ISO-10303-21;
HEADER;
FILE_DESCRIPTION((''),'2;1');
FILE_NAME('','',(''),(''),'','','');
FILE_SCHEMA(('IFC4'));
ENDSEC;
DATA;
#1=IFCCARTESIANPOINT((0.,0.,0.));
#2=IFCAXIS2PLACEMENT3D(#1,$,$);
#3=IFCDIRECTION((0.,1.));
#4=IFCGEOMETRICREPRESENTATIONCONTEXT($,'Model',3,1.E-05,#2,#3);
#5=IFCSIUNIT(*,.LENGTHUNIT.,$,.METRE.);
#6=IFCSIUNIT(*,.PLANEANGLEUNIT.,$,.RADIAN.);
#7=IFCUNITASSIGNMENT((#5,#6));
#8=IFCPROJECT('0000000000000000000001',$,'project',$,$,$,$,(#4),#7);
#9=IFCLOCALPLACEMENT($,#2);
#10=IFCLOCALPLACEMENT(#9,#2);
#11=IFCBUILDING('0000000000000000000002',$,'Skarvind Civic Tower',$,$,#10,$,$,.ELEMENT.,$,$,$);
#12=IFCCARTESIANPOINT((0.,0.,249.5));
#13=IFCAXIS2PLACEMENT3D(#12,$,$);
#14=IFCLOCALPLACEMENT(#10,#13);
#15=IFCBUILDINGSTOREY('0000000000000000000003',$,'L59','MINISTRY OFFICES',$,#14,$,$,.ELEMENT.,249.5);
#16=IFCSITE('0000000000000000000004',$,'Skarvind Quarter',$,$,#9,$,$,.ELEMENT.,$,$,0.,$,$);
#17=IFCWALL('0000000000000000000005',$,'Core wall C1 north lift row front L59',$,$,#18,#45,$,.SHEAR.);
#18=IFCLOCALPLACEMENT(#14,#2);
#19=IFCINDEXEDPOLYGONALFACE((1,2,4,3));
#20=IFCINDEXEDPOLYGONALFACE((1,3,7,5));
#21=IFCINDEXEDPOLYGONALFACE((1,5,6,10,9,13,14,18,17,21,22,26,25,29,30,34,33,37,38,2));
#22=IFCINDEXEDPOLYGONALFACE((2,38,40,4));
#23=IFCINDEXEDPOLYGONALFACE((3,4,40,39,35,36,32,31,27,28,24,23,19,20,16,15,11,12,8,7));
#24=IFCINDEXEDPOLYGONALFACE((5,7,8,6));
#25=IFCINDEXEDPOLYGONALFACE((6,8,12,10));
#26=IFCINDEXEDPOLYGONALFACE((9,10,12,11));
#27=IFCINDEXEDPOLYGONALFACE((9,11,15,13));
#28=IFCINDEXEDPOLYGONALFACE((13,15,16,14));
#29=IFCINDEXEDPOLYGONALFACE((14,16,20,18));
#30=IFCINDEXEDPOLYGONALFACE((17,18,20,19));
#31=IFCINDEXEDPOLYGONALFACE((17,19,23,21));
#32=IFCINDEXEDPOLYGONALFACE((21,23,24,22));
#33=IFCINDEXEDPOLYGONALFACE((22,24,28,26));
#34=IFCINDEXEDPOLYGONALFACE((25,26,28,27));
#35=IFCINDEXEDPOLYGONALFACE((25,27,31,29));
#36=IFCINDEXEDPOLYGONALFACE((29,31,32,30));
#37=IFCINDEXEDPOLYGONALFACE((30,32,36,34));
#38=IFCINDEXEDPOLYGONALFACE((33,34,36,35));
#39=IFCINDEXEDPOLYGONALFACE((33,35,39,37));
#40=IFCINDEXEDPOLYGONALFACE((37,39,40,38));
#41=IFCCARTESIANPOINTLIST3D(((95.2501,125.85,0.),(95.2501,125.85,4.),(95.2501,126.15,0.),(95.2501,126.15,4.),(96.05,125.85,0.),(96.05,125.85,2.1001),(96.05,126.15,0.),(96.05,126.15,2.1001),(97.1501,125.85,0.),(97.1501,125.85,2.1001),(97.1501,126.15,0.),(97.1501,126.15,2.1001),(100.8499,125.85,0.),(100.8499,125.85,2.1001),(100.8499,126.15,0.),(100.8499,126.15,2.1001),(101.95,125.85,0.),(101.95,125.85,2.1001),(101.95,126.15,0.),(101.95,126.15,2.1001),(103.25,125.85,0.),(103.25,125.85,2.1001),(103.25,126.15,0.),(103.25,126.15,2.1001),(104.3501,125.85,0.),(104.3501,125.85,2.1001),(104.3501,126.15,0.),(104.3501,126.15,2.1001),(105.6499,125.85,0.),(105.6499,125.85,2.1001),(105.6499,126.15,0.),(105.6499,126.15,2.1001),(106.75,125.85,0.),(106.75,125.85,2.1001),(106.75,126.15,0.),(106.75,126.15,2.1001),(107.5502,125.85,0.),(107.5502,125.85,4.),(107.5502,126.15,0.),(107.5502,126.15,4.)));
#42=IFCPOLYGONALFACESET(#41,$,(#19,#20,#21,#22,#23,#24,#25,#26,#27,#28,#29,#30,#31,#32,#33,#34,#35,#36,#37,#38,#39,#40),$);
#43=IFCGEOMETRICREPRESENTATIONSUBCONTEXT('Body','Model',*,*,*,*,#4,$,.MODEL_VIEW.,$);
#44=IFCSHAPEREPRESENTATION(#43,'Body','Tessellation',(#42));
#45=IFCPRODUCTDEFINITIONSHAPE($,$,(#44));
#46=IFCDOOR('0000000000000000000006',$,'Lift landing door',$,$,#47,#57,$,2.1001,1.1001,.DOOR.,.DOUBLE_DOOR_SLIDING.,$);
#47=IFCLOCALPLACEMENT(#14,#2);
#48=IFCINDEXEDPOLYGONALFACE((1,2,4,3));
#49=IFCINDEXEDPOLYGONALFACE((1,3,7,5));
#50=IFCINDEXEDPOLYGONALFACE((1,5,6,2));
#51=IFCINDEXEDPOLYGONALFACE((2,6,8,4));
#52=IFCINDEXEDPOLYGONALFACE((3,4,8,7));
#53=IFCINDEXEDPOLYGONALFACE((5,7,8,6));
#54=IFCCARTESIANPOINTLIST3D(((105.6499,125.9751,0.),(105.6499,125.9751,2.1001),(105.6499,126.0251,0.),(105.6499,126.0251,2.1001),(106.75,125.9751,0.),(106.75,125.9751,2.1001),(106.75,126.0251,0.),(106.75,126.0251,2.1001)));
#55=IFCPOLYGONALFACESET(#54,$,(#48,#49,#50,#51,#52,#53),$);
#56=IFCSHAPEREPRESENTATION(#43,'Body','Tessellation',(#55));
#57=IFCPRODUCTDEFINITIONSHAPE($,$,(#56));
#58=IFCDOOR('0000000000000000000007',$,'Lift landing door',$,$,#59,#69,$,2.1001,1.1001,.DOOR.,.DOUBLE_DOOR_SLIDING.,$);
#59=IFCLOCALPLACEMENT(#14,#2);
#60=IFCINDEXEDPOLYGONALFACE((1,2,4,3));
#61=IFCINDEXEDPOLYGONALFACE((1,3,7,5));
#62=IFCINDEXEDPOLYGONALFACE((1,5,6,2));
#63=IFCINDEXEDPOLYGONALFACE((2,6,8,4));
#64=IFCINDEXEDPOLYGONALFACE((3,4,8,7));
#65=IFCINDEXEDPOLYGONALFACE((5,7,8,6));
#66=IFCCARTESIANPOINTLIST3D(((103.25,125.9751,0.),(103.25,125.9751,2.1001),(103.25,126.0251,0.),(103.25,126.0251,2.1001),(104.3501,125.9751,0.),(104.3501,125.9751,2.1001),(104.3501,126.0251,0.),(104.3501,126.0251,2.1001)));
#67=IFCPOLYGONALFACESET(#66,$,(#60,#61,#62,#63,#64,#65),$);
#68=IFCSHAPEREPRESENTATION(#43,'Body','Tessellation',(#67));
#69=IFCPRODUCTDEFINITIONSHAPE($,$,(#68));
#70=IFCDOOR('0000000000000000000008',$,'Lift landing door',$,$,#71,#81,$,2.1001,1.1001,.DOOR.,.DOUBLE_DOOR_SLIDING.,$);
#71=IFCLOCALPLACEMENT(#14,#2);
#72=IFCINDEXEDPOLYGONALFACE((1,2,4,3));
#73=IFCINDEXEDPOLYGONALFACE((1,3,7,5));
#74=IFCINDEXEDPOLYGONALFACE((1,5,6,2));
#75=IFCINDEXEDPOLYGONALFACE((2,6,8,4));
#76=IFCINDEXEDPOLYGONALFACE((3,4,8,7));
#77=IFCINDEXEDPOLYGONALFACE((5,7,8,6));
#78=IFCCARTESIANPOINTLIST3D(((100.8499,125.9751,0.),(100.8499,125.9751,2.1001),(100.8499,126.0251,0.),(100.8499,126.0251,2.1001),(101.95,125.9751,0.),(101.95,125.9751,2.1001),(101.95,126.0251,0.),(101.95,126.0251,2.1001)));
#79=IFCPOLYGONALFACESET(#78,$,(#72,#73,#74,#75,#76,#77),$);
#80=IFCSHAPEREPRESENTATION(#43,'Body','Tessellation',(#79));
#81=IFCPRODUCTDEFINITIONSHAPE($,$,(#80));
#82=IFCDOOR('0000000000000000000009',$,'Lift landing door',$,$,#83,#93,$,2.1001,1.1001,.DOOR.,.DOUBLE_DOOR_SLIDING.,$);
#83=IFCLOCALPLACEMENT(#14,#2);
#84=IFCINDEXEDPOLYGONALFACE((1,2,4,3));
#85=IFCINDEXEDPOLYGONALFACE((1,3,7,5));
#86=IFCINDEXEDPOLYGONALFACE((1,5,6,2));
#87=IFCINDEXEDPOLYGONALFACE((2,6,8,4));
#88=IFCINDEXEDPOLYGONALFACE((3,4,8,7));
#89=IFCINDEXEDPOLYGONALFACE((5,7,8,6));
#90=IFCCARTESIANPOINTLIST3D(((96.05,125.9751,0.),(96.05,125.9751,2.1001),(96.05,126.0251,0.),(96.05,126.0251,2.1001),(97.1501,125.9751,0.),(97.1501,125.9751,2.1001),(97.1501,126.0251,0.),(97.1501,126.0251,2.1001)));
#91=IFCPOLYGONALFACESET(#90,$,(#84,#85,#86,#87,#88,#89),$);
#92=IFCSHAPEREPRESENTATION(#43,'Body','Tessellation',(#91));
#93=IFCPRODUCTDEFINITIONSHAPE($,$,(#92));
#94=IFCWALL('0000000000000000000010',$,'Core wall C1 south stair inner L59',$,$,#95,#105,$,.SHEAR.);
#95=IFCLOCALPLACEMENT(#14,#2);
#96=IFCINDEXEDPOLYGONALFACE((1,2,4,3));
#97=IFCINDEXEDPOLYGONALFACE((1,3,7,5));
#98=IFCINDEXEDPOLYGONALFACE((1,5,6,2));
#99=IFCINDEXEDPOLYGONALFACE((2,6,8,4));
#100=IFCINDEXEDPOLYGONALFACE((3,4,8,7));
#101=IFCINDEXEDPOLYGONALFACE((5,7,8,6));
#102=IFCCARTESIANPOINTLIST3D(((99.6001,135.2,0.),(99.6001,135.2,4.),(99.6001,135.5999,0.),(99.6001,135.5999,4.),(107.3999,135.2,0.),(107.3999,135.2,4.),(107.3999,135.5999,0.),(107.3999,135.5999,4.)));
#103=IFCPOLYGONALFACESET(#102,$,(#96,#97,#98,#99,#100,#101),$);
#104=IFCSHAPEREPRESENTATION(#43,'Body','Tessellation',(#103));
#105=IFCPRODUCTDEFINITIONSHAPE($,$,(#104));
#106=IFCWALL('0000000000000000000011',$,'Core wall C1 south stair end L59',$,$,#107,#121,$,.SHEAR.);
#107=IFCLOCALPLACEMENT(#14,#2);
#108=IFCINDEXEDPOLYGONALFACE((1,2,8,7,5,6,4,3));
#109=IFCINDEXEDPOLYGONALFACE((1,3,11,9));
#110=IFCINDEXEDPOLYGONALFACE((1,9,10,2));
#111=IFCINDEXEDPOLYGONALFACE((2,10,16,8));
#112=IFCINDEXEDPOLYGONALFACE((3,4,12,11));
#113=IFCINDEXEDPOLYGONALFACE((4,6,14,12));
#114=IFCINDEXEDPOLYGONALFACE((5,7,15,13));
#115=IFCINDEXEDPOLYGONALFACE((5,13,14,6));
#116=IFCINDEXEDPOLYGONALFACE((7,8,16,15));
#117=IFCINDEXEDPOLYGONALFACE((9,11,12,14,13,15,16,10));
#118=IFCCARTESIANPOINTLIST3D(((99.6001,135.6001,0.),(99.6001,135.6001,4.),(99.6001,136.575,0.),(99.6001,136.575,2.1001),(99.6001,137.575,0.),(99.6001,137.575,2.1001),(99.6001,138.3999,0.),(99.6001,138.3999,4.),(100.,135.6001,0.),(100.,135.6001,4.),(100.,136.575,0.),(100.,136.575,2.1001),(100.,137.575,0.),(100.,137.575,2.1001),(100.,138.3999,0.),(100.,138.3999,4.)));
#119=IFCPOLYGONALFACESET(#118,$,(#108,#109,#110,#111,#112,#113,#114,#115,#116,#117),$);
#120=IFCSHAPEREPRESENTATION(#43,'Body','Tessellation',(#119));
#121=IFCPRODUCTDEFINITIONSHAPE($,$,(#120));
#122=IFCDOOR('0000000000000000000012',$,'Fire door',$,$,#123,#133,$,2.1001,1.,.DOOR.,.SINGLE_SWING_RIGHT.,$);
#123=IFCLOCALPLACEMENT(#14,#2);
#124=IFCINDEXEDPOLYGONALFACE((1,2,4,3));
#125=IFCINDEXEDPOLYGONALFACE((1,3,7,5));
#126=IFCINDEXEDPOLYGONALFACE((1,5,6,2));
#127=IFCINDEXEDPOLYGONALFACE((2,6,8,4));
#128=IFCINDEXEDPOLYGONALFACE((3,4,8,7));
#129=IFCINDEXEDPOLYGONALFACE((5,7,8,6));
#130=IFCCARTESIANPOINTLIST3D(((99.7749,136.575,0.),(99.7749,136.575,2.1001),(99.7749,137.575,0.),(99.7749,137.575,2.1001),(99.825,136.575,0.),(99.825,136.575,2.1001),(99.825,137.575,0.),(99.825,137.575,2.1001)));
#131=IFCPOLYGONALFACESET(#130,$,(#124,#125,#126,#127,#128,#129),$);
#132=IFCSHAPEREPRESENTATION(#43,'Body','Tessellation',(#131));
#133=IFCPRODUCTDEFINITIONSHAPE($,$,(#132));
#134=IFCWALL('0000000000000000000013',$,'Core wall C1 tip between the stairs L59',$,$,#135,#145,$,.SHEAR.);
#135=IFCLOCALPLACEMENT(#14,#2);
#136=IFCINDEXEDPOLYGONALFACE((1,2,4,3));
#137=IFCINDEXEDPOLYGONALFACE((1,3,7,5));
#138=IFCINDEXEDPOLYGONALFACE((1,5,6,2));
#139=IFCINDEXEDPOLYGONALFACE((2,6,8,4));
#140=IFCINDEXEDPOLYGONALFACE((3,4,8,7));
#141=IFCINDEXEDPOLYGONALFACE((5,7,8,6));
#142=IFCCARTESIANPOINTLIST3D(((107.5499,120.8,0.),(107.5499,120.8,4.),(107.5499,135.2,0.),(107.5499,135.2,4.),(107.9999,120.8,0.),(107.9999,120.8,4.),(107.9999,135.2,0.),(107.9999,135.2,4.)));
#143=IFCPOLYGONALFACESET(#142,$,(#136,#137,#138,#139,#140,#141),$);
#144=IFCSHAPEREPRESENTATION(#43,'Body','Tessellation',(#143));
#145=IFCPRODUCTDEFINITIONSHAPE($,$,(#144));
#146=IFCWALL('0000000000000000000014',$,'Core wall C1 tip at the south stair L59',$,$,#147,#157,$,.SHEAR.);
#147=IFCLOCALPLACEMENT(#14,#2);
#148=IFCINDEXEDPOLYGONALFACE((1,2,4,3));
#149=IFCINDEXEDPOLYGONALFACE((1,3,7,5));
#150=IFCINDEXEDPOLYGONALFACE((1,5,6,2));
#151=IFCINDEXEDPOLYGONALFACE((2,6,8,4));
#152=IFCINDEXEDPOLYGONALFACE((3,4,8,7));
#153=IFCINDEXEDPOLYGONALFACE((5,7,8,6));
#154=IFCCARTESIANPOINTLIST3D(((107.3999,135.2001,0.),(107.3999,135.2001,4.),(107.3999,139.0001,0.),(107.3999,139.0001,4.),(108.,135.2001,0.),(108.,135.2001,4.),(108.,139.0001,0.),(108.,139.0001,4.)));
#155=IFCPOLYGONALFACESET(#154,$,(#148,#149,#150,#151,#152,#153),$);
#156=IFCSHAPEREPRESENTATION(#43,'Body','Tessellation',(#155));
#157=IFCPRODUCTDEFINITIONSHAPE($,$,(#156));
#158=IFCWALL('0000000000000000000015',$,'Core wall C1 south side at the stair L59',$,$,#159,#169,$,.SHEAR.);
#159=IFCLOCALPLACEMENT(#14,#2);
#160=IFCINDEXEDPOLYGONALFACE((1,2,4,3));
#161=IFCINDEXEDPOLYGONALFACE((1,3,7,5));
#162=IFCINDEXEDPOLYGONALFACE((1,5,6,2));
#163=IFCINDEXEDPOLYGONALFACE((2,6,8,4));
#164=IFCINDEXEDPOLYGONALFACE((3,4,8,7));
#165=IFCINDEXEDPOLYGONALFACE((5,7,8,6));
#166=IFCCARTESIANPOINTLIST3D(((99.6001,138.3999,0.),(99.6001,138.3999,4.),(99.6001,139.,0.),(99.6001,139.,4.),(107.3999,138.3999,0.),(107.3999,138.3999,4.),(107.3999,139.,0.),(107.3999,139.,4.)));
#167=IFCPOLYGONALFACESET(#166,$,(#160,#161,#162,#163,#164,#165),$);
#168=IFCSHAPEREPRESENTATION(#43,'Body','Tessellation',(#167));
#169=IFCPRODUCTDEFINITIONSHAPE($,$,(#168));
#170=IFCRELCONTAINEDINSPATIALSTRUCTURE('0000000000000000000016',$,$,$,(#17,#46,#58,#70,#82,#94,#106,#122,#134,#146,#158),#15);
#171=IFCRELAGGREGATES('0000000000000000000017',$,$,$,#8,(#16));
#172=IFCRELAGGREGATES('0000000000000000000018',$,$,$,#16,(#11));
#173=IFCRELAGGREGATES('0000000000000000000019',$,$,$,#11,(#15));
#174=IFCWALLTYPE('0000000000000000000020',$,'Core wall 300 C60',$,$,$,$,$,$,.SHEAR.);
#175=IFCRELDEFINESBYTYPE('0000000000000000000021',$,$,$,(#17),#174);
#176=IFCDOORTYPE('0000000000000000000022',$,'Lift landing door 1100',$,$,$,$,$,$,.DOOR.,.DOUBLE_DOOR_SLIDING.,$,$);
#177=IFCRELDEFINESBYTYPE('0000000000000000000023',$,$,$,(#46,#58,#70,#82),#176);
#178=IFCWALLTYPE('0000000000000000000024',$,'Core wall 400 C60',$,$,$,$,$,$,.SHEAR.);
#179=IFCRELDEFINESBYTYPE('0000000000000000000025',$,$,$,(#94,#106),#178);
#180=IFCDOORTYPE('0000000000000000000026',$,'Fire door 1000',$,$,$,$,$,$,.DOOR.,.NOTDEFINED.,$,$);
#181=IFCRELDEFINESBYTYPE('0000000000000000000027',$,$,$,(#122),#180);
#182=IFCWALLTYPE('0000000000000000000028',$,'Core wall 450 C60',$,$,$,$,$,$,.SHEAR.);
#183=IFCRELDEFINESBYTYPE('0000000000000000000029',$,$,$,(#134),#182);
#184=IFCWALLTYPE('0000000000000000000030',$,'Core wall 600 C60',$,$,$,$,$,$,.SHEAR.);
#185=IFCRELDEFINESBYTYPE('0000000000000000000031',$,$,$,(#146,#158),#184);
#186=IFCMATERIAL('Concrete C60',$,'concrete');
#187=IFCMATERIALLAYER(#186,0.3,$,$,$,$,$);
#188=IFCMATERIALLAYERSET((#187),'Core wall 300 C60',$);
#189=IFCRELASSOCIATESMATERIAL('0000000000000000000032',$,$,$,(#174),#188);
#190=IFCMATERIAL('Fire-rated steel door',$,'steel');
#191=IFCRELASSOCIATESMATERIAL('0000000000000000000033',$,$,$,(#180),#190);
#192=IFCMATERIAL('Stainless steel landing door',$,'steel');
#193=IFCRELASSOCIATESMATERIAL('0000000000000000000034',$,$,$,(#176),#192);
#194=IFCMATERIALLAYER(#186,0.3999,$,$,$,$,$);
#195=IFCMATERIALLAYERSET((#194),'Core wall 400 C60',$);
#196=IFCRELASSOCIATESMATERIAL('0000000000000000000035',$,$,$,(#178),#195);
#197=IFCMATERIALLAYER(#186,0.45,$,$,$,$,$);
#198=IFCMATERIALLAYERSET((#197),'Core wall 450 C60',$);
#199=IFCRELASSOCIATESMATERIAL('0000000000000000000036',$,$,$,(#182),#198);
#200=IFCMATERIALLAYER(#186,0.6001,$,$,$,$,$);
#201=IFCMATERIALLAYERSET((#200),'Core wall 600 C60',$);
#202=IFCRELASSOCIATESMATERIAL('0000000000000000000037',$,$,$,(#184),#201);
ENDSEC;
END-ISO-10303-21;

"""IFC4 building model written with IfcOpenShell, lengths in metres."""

from ifc_helpers import new_model, si_unit, direction, frame, frame_2d, origin, place, context, subcontext, project, spatial, rectangle, extrude, material, layer, layer_set, type_object, element, fill, save


model = new_model("IFC4")

# Units and contexts
model_context = context("Model", 3, precision=1e-05, world=origin(), true_north=direction((0.0, 1.0)))
body_context = subcontext(model_context, "Body", "Model", "MODEL_VIEW")
ifc_project = project(units=[si_unit("LENGTHUNIT", "METRE"), si_unit("PLANEANGLEUNIT", "RADIAN")], contexts=[model_context])

# Site, building, storey
site_placement = place(None, origin())
site = spatial("IfcSite", under=ifc_project, at=site_placement, Name="Skarvind Quarter", CompositionType="ELEMENT", RefElevation=0.0)
building_placement = place(site_placement, origin())
building = spatial("IfcBuilding", under=site, at=building_placement, Name="Skarvind Civic Tower", CompositionType="ELEMENT")
storey_placement = place(building_placement, frame((0.0, 0.0, 249.5)))
storey = spatial("IfcBuildingStorey", under=building, at=storey_placement, Name="L59", Description="MINISTRY OFFICES", CompositionType="ELEMENT", Elevation=249.5)

# Shared definitions
ifc_material_1 = material(Name="Concrete C60", Category="concrete")
ifc_layer_1 = layer(ifc_material_1, 0.3)
ifc_layer_set_1 = layer_set([ifc_layer_1], Name="Core wall 300 C60")
wall_type_1 = type_object("IfcWallType", Name="Core wall 300 C60", PredefinedType="SHEAR", material=ifc_layer_set_1)
ifc_material_2 = material(Name="Fire-rated steel door", Category="steel")
door_type_1 = type_object("IfcDoorType", Name="Fire door 1000", OperationType="NOTDEFINED", PredefinedType="DOOR", material=ifc_material_2)

# Shared definitions
ifc_material_3 = material(Name="Stainless steel landing door", Category="steel")
door_type_2 = type_object("IfcDoorType", Name="Lift landing door 1100", OperationType="DOUBLE_DOOR_SLIDING", PredefinedType="DOOR", material=ifc_material_3)

# Wall, openings, doors
wall_1_placement = place(storey_placement, frame((107.55, 126.0, 0.0), z_axis=(0.0, 0.0, 1.0), x_axis=(-1.0, 0.0, 0.0)))
wall_1 = element("IfcWall", 1, at=wall_1_placement, inside=storey, type_object=wall_type_1, Name="Core wall C1 north lift row front L59", PredefinedType="SHEAR", context=body_context, shape_type="SweptSolid", body=[
    extrude(rectangle(XDim=12.3, YDim=0.3, at=frame_2d((6.1499, 0.0))), origin(), (0.0, 0.0, 1.0), 4.0),
])
opening_1_placement = place(wall_1_placement, frame((0.8, 0.0, 0.0)))
opening_1 = element("IfcOpeningElement", 2, at=opening_1_placement, cuts=wall_1, PredefinedType="OPENING", context=body_context, shape_type="SweptSolid", body=[
    extrude(rectangle(XDim=1.1001, YDim=2.1001, at=frame_2d((0.55, 1.05))), frame((0.0, 0.1599, 0.0), z_axis=(0.0, -1.0, 0.0), x_axis=(1.0, 0.0, 0.0)), (0.0, 0.0, 1.0), 0.3201),
])
opening_2_placement = place(wall_1_placement, frame((3.2, 0.0, 0.0)))
opening_2 = element("IfcOpeningElement", 3, at=opening_2_placement, cuts=wall_1, PredefinedType="OPENING", context=body_context, shape_type="SweptSolid", body=[
    extrude(rectangle(XDim=1.1001, YDim=2.1001, at=frame_2d((0.55, 1.05))), frame((0.0, 0.1599, 0.0), z_axis=(0.0, -1.0, 0.0), x_axis=(1.0, 0.0, 0.0)), (0.0, 0.0, 1.0), 0.3201),
])
opening_3_placement = place(wall_1_placement, frame((5.6001, 0.0, 0.0)))
opening_3 = element("IfcOpeningElement", 4, at=opening_3_placement, cuts=wall_1, PredefinedType="OPENING", context=body_context, shape_type="SweptSolid", body=[
    extrude(rectangle(XDim=1.1001, YDim=2.1001, at=frame_2d((0.55, 1.05))), frame((0.0, 0.1599, 0.0), z_axis=(0.0, -1.0, 0.0), x_axis=(1.0, 0.0, 0.0)), (0.0, 0.0, 1.0), 0.3201),
])
opening_4_placement = place(wall_1_placement, frame((10.3999, 0.0, 0.0)))
opening_4 = element("IfcOpeningElement", 5, at=opening_4_placement, cuts=wall_1, PredefinedType="OPENING", context=body_context, shape_type="SweptSolid", body=[
    extrude(rectangle(XDim=1.1001, YDim=2.1001, at=frame_2d((0.55, 1.05))), frame((0.0, 0.1599, 0.0), z_axis=(0.0, -1.0, 0.0), x_axis=(1.0, 0.0, 0.0)), (0.0, 0.0, 1.0), 0.3201),
])
door_1_placement = place(opening_1_placement, origin())
door_1 = element("IfcDoor", 6, at=door_1_placement, inside=storey, type_object=door_type_2, Name="Lift landing door", OperationType="DOUBLE_DOOR_SLIDING", OverallHeight=2.1001, OverallWidth=1.1001, PredefinedType="DOOR", context=body_context, shape_type="SweptSolid", body=[
    extrude(rectangle(XDim=1.1001, YDim=2.1001, at=frame_2d((0.55, 1.05))), frame((0.0, 0.0249, 0.0), z_axis=(0.0, -1.0, 0.0), x_axis=(1.0, 0.0, 0.0)), (0.0, 0.0, 1.0), 0.05),
])
fill(opening_1, door_1)
door_2_placement = place(opening_2_placement, origin())
door_2 = element("IfcDoor", 7, at=door_2_placement, inside=storey, type_object=door_type_2, Name="Lift landing door", OperationType="DOUBLE_DOOR_SLIDING", OverallHeight=2.1001, OverallWidth=1.1001, PredefinedType="DOOR", context=body_context, shape_type="SweptSolid", body=[
    extrude(rectangle(XDim=1.1001, YDim=2.1001, at=frame_2d((0.55, 1.05))), frame((0.0, 0.0249, 0.0), z_axis=(0.0, -1.0, 0.0), x_axis=(1.0, 0.0, 0.0)), (0.0, 0.0, 1.0), 0.05),
])
fill(opening_2, door_2)
door_3_placement = place(opening_3_placement, origin())
door_3 = element("IfcDoor", 8, at=door_3_placement, inside=storey, type_object=door_type_2, Name="Lift landing door", OperationType="DOUBLE_DOOR_SLIDING", OverallHeight=2.1001, OverallWidth=1.1001, PredefinedType="DOOR", context=body_context, shape_type="SweptSolid", body=[
    extrude(rectangle(XDim=1.1001, YDim=2.1001, at=frame_2d((0.55, 1.05))), frame((0.0, 0.0249, 0.0), z_axis=(0.0, -1.0, 0.0), x_axis=(1.0, 0.0, 0.0)), (0.0, 0.0, 1.0), 0.05),
])
fill(opening_3, door_3)
door_4_placement = place(opening_4_placement, origin())
door_4 = element("IfcDoor", 9, at=door_4_placement, inside=storey, type_object=door_type_2, Name="Lift landing door", OperationType="DOUBLE_DOOR_SLIDING", OverallHeight=2.1001, OverallWidth=1.1001, PredefinedType="DOOR", context=body_context, shape_type="SweptSolid", body=[
    extrude(rectangle(XDim=1.1001, YDim=2.1001, at=frame_2d((0.55, 1.05))), frame((0.0, 0.0249, 0.0), z_axis=(0.0, -1.0, 0.0), x_axis=(1.0, 0.0, 0.0)), (0.0, 0.0, 1.0), 0.05),
])
fill(opening_4, door_4)

# Wall
ifc_layer_2 = layer(ifc_material_1, 0.3999)
ifc_layer_set_2 = layer_set([ifc_layer_2], Name="Core wall 400 C60")
wall_type_2 = type_object("IfcWallType", Name="Core wall 400 C60", PredefinedType="SHEAR", material=ifc_layer_set_2)
wall_2_placement = place(storey_placement, frame((107.3999, 135.3999, 0.0), z_axis=(0.0, 0.0, 1.0), x_axis=(-1.0, 0.0, 0.0)))
element("IfcWall", 10, at=wall_2_placement, inside=storey, type_object=wall_type_2, Name="Core wall C1 south stair inner L59", PredefinedType="SHEAR", context=body_context, shape_type="SweptSolid", body=[
    extrude(rectangle(XDim=7.7998, YDim=0.3999, at=frame_2d((3.8999, 0.0))), origin(), (0.0, 0.0, 1.0), 4.0),
])

# Wall, opening, door
wall_3_placement = place(storey_placement, frame((99.8, 138.3999, 0.0), z_axis=(0.0, 0.0, 1.0), x_axis=(0.0, -1.0, 0.0)))
wall_3 = element("IfcWall", 11, at=wall_3_placement, inside=storey, type_object=wall_type_2, Name="Core wall C1 south stair end L59", PredefinedType="SHEAR", context=body_context, shape_type="SweptSolid", body=[
    extrude(rectangle(XDim=2.7998, YDim=0.3999, at=frame_2d((1.3999, 0.0))), origin(), (0.0, 0.0, 1.0), 4.0),
])
opening_5_placement = place(wall_3_placement, frame((0.825, 0.0, 0.0)))
opening_5 = element("IfcOpeningElement", 12, at=opening_5_placement, cuts=wall_3, PredefinedType="OPENING", context=body_context, shape_type="SweptSolid", body=[
    extrude(rectangle(XDim=1.0, YDim=2.1001, at=frame_2d((0.5, 1.05))), frame((0.0, 0.21, 0.0), z_axis=(0.0, -1.0, 0.0), x_axis=(1.0, 0.0, 0.0)), (0.0, 0.0, 1.0), 0.4199),
])
door_5_placement = place(opening_5_placement, origin())
door_5 = element("IfcDoor", 13, at=door_5_placement, inside=storey, type_object=door_type_1, Name="Fire door", OperationType="SINGLE_SWING_RIGHT", OverallHeight=2.1001, OverallWidth=1.0, PredefinedType="DOOR", context=body_context, shape_type="SweptSolid", body=[
    extrude(rectangle(XDim=1.0, YDim=2.1001, at=frame_2d((0.5, 1.05))), frame((0.0, 0.0249, 0.0), z_axis=(0.0, -1.0, 0.0), x_axis=(1.0, 0.0, 0.0)), (0.0, 0.0, 1.0), 0.05),
])
fill(opening_5, door_5)

# Walls
ifc_layer_3 = layer(ifc_material_1, 0.45)
ifc_layer_set_3 = layer_set([ifc_layer_3], Name="Core wall 450 C60")
wall_type_3 = type_object("IfcWallType", Name="Core wall 450 C60", PredefinedType="SHEAR", material=ifc_layer_set_3)
wall_4_placement = place(storey_placement, frame((107.7749, 135.2, 0.0), z_axis=(0.0, 0.0, 1.0), x_axis=(0.0, -1.0, 0.0)))
element("IfcWall", 14, at=wall_4_placement, inside=storey, type_object=wall_type_3, Name="Core wall C1 tip between the stairs L59", PredefinedType="SHEAR", context=body_context, shape_type="SweptSolid", body=[
    extrude(rectangle(XDim=14.3999, YDim=0.45, at=frame_2d((7.2, 0.0))), origin(), (0.0, 0.0, 1.0), 4.0),
])
ifc_layer_4 = layer(ifc_material_1, 0.6001)
ifc_layer_set_4 = layer_set([ifc_layer_4], Name="Core wall 600 C60")
wall_type_4 = type_object("IfcWallType", Name="Core wall 600 C60", PredefinedType="SHEAR", material=ifc_layer_set_4)
wall_5_placement = place(storey_placement, frame((107.7, 139.0, 0.0), z_axis=(0.0, 0.0, 1.0), x_axis=(0.0, -1.0, 0.0)))
element("IfcWall", 15, at=wall_5_placement, inside=storey, type_object=wall_type_4, Name="Core wall C1 tip at the south stair L59", PredefinedType="SHEAR", context=body_context, shape_type="SweptSolid", body=[
    extrude(rectangle(XDim=3.8, YDim=0.6001, at=frame_2d((1.8999, 0.0))), origin(), (0.0, 0.0, 1.0), 4.0),
])
wall_6_placement = place(storey_placement, frame((107.3999, 138.7, 0.0), z_axis=(0.0, 0.0, 1.0), x_axis=(-1.0, 0.0, 0.0)))
element("IfcWall", 16, at=wall_6_placement, inside=storey, type_object=wall_type_4, Name="Core wall C1 south side at the stair L59", PredefinedType="SHEAR", context=body_context, shape_type="SweptSolid", body=[
    extrude(rectangle(XDim=7.7998, YDim=0.6001, at=frame_2d((3.8999, 0.0))), origin(), (0.0, 0.0, 1.0), 4.0),
])

save(model, "model.ifc")
